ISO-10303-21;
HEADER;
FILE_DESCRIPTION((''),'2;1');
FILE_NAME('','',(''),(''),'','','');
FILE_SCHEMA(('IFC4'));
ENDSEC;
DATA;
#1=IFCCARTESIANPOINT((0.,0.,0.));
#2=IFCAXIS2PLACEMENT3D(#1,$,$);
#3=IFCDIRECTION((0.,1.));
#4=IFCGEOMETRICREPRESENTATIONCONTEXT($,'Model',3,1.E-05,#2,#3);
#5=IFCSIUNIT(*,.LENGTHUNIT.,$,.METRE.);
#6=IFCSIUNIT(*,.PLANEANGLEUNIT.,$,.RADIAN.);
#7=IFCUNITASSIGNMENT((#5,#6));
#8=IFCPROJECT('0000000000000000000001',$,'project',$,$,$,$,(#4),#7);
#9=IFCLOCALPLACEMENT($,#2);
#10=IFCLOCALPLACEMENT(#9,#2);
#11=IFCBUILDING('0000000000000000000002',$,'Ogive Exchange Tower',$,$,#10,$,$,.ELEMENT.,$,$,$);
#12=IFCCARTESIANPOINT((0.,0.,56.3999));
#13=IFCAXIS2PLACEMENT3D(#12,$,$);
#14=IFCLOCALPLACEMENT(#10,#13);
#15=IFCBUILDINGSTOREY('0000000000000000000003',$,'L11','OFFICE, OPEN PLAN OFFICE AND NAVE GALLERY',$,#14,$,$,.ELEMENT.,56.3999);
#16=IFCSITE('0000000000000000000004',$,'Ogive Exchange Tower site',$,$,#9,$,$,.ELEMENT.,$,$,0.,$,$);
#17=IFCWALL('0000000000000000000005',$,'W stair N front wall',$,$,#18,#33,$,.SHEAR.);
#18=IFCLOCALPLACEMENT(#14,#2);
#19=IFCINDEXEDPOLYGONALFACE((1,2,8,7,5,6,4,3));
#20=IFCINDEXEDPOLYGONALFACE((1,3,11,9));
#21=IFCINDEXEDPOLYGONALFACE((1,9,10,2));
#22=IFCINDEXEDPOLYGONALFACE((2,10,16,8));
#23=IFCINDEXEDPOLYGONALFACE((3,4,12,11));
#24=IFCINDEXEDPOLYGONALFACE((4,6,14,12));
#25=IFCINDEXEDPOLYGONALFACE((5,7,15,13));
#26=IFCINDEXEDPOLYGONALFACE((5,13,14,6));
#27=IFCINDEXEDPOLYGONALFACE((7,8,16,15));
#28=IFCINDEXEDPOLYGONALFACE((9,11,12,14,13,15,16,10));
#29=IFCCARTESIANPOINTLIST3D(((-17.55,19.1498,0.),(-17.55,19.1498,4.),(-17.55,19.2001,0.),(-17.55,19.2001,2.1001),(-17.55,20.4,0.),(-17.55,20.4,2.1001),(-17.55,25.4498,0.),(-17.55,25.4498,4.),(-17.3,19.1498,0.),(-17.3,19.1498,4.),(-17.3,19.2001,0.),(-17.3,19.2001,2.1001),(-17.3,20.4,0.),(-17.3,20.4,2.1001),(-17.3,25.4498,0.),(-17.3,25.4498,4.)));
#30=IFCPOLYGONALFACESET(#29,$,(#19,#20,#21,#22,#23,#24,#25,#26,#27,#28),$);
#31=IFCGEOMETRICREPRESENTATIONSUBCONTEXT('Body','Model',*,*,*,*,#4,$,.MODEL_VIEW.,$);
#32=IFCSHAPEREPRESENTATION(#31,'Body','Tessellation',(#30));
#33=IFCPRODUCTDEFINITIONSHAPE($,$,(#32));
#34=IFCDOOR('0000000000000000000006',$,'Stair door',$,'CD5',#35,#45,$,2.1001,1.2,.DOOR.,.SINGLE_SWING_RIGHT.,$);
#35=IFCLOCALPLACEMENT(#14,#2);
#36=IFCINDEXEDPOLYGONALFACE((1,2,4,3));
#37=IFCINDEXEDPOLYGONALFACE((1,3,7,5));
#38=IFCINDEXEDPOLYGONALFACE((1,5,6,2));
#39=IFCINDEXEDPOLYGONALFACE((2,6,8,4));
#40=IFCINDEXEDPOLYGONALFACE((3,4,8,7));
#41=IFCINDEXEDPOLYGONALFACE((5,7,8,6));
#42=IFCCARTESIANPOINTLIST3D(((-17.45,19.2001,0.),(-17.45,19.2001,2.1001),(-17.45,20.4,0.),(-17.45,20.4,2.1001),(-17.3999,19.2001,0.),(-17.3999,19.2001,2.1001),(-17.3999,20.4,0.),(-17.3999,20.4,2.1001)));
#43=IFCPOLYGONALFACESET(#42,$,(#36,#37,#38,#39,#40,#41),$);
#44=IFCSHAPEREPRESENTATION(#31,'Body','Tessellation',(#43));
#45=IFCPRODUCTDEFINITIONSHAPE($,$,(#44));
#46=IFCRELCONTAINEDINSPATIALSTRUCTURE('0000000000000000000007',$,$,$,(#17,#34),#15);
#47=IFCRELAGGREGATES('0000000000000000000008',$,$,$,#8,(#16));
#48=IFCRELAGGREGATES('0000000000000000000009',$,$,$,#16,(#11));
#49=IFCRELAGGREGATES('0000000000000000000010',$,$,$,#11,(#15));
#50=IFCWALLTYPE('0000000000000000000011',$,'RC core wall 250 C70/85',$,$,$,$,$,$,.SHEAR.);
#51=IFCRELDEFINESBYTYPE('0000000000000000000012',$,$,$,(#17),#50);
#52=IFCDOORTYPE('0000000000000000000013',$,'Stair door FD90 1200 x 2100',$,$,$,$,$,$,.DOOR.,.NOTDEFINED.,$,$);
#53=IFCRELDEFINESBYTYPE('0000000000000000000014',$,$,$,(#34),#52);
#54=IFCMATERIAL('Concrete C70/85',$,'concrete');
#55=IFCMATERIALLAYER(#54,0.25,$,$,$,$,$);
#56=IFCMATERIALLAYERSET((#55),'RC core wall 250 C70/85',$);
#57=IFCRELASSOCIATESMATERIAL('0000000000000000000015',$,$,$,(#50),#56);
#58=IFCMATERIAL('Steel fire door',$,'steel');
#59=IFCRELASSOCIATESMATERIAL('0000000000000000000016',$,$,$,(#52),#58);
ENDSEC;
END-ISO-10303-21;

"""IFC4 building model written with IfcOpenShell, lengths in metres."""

from ifc_helpers import new_model, si_unit, direction, frame, frame_2d, origin, place, context, subcontext, project, spatial, rectangle, extrude, material, layer, layer_set, type_object, element, fill, save


model = new_model("IFC4")

# Units and contexts
model_context = context("Model", 3, precision=1e-05, world=origin(), true_north=direction((0.0, 1.0)))
body_context = subcontext(model_context, "Body", "Model", "MODEL_VIEW")
ifc_project = project(units=[si_unit("LENGTHUNIT", "METRE"), si_unit("PLANEANGLEUNIT", "RADIAN")], contexts=[model_context])

# Site, building, storey
site_placement = place(None, origin())
site = spatial("IfcSite", under=ifc_project, at=site_placement, Name="Ogive Exchange Tower site", CompositionType="ELEMENT", RefElevation=0.0)
building_placement = place(site_placement, origin())
building = spatial("IfcBuilding", under=site, at=building_placement, Name="Ogive Exchange Tower", CompositionType="ELEMENT")
storey_placement = place(building_placement, frame((0.0, 0.0, 56.3999)))
storey = spatial("IfcBuildingStorey", under=building, at=storey_placement, Name="L11", Description="OFFICE, OPEN PLAN OFFICE AND NAVE GALLERY", CompositionType="ELEMENT", Elevation=56.3999)

# Wall, opening, door
ifc_material_1 = material(Name="Concrete C70/85", Category="concrete")
ifc_material_2 = material(Name="Steel fire door", Category="steel")
ifc_layer_1 = layer(ifc_material_1, 0.25)
ifc_layer_set_1 = layer_set([ifc_layer_1], Name="RC core wall 250 C70/85")
wall_type_1 = type_object("IfcWallType", Name="RC core wall 250 C70/85", PredefinedType="SHEAR", material=ifc_layer_set_1)
wall_1_placement = place(storey_placement, frame((-17.425, 19.1499, 0.0), z_axis=(0.0, 0.0, 1.0), x_axis=(0.0, 1.0, 0.0)))
wall_1 = element("IfcWall", 1, at=wall_1_placement, inside=storey, type_object=wall_type_1, Name="W stair N front wall", PredefinedType="SHEAR", context=body_context, shape_type="SweptSolid", body=[
    extrude(rectangle(XDim=6.3, YDim=0.25, at=frame_2d((3.1499, 0.0))), origin(), (0.0, 0.0, 1.0), 4.0),
])
opening_1_placement = place(wall_1_placement, frame((0.05, 0.0, 0.0)))
opening_1 = element("IfcOpeningElement", 2, at=opening_1_placement, cuts=wall_1, PredefinedType="OPENING", context=body_context, shape_type="SweptSolid", body=[
    extrude(rectangle(XDim=1.2, YDim=2.1001, at=frame_2d((0.6001, 1.05))), frame((0.0, 0.135, 0.0), z_axis=(0.0, -1.0, 0.0), x_axis=(1.0, 0.0, 0.0)), (0.0, 0.0, 1.0), 0.27),
])
door_type_1 = type_object("IfcDoorType", Name="Stair door FD90 1200 x 2100", OperationType="NOTDEFINED", PredefinedType="DOOR", material=ifc_material_2)
door_1_placement = place(opening_1_placement, origin())
door_1 = element("IfcDoor", 3, at=door_1_placement, inside=storey, type_object=door_type_1, Name="Stair door", ObjectType="CD5", OperationType="SINGLE_SWING_RIGHT", OverallHeight=2.1001, OverallWidth=1.2, PredefinedType="DOOR", context=body_context, shape_type="SweptSolid", body=[
    extrude(rectangle(XDim=1.2, YDim=2.1001, at=frame_2d((0.6001, 1.05))), frame((0.0, 0.0249, 0.0), z_axis=(0.0, -1.0, 0.0), x_axis=(1.0, 0.0, 0.0)), (0.0, 0.0, 1.0), 0.05),
])
fill(opening_1, door_1)

save(model, "model.ifc")
